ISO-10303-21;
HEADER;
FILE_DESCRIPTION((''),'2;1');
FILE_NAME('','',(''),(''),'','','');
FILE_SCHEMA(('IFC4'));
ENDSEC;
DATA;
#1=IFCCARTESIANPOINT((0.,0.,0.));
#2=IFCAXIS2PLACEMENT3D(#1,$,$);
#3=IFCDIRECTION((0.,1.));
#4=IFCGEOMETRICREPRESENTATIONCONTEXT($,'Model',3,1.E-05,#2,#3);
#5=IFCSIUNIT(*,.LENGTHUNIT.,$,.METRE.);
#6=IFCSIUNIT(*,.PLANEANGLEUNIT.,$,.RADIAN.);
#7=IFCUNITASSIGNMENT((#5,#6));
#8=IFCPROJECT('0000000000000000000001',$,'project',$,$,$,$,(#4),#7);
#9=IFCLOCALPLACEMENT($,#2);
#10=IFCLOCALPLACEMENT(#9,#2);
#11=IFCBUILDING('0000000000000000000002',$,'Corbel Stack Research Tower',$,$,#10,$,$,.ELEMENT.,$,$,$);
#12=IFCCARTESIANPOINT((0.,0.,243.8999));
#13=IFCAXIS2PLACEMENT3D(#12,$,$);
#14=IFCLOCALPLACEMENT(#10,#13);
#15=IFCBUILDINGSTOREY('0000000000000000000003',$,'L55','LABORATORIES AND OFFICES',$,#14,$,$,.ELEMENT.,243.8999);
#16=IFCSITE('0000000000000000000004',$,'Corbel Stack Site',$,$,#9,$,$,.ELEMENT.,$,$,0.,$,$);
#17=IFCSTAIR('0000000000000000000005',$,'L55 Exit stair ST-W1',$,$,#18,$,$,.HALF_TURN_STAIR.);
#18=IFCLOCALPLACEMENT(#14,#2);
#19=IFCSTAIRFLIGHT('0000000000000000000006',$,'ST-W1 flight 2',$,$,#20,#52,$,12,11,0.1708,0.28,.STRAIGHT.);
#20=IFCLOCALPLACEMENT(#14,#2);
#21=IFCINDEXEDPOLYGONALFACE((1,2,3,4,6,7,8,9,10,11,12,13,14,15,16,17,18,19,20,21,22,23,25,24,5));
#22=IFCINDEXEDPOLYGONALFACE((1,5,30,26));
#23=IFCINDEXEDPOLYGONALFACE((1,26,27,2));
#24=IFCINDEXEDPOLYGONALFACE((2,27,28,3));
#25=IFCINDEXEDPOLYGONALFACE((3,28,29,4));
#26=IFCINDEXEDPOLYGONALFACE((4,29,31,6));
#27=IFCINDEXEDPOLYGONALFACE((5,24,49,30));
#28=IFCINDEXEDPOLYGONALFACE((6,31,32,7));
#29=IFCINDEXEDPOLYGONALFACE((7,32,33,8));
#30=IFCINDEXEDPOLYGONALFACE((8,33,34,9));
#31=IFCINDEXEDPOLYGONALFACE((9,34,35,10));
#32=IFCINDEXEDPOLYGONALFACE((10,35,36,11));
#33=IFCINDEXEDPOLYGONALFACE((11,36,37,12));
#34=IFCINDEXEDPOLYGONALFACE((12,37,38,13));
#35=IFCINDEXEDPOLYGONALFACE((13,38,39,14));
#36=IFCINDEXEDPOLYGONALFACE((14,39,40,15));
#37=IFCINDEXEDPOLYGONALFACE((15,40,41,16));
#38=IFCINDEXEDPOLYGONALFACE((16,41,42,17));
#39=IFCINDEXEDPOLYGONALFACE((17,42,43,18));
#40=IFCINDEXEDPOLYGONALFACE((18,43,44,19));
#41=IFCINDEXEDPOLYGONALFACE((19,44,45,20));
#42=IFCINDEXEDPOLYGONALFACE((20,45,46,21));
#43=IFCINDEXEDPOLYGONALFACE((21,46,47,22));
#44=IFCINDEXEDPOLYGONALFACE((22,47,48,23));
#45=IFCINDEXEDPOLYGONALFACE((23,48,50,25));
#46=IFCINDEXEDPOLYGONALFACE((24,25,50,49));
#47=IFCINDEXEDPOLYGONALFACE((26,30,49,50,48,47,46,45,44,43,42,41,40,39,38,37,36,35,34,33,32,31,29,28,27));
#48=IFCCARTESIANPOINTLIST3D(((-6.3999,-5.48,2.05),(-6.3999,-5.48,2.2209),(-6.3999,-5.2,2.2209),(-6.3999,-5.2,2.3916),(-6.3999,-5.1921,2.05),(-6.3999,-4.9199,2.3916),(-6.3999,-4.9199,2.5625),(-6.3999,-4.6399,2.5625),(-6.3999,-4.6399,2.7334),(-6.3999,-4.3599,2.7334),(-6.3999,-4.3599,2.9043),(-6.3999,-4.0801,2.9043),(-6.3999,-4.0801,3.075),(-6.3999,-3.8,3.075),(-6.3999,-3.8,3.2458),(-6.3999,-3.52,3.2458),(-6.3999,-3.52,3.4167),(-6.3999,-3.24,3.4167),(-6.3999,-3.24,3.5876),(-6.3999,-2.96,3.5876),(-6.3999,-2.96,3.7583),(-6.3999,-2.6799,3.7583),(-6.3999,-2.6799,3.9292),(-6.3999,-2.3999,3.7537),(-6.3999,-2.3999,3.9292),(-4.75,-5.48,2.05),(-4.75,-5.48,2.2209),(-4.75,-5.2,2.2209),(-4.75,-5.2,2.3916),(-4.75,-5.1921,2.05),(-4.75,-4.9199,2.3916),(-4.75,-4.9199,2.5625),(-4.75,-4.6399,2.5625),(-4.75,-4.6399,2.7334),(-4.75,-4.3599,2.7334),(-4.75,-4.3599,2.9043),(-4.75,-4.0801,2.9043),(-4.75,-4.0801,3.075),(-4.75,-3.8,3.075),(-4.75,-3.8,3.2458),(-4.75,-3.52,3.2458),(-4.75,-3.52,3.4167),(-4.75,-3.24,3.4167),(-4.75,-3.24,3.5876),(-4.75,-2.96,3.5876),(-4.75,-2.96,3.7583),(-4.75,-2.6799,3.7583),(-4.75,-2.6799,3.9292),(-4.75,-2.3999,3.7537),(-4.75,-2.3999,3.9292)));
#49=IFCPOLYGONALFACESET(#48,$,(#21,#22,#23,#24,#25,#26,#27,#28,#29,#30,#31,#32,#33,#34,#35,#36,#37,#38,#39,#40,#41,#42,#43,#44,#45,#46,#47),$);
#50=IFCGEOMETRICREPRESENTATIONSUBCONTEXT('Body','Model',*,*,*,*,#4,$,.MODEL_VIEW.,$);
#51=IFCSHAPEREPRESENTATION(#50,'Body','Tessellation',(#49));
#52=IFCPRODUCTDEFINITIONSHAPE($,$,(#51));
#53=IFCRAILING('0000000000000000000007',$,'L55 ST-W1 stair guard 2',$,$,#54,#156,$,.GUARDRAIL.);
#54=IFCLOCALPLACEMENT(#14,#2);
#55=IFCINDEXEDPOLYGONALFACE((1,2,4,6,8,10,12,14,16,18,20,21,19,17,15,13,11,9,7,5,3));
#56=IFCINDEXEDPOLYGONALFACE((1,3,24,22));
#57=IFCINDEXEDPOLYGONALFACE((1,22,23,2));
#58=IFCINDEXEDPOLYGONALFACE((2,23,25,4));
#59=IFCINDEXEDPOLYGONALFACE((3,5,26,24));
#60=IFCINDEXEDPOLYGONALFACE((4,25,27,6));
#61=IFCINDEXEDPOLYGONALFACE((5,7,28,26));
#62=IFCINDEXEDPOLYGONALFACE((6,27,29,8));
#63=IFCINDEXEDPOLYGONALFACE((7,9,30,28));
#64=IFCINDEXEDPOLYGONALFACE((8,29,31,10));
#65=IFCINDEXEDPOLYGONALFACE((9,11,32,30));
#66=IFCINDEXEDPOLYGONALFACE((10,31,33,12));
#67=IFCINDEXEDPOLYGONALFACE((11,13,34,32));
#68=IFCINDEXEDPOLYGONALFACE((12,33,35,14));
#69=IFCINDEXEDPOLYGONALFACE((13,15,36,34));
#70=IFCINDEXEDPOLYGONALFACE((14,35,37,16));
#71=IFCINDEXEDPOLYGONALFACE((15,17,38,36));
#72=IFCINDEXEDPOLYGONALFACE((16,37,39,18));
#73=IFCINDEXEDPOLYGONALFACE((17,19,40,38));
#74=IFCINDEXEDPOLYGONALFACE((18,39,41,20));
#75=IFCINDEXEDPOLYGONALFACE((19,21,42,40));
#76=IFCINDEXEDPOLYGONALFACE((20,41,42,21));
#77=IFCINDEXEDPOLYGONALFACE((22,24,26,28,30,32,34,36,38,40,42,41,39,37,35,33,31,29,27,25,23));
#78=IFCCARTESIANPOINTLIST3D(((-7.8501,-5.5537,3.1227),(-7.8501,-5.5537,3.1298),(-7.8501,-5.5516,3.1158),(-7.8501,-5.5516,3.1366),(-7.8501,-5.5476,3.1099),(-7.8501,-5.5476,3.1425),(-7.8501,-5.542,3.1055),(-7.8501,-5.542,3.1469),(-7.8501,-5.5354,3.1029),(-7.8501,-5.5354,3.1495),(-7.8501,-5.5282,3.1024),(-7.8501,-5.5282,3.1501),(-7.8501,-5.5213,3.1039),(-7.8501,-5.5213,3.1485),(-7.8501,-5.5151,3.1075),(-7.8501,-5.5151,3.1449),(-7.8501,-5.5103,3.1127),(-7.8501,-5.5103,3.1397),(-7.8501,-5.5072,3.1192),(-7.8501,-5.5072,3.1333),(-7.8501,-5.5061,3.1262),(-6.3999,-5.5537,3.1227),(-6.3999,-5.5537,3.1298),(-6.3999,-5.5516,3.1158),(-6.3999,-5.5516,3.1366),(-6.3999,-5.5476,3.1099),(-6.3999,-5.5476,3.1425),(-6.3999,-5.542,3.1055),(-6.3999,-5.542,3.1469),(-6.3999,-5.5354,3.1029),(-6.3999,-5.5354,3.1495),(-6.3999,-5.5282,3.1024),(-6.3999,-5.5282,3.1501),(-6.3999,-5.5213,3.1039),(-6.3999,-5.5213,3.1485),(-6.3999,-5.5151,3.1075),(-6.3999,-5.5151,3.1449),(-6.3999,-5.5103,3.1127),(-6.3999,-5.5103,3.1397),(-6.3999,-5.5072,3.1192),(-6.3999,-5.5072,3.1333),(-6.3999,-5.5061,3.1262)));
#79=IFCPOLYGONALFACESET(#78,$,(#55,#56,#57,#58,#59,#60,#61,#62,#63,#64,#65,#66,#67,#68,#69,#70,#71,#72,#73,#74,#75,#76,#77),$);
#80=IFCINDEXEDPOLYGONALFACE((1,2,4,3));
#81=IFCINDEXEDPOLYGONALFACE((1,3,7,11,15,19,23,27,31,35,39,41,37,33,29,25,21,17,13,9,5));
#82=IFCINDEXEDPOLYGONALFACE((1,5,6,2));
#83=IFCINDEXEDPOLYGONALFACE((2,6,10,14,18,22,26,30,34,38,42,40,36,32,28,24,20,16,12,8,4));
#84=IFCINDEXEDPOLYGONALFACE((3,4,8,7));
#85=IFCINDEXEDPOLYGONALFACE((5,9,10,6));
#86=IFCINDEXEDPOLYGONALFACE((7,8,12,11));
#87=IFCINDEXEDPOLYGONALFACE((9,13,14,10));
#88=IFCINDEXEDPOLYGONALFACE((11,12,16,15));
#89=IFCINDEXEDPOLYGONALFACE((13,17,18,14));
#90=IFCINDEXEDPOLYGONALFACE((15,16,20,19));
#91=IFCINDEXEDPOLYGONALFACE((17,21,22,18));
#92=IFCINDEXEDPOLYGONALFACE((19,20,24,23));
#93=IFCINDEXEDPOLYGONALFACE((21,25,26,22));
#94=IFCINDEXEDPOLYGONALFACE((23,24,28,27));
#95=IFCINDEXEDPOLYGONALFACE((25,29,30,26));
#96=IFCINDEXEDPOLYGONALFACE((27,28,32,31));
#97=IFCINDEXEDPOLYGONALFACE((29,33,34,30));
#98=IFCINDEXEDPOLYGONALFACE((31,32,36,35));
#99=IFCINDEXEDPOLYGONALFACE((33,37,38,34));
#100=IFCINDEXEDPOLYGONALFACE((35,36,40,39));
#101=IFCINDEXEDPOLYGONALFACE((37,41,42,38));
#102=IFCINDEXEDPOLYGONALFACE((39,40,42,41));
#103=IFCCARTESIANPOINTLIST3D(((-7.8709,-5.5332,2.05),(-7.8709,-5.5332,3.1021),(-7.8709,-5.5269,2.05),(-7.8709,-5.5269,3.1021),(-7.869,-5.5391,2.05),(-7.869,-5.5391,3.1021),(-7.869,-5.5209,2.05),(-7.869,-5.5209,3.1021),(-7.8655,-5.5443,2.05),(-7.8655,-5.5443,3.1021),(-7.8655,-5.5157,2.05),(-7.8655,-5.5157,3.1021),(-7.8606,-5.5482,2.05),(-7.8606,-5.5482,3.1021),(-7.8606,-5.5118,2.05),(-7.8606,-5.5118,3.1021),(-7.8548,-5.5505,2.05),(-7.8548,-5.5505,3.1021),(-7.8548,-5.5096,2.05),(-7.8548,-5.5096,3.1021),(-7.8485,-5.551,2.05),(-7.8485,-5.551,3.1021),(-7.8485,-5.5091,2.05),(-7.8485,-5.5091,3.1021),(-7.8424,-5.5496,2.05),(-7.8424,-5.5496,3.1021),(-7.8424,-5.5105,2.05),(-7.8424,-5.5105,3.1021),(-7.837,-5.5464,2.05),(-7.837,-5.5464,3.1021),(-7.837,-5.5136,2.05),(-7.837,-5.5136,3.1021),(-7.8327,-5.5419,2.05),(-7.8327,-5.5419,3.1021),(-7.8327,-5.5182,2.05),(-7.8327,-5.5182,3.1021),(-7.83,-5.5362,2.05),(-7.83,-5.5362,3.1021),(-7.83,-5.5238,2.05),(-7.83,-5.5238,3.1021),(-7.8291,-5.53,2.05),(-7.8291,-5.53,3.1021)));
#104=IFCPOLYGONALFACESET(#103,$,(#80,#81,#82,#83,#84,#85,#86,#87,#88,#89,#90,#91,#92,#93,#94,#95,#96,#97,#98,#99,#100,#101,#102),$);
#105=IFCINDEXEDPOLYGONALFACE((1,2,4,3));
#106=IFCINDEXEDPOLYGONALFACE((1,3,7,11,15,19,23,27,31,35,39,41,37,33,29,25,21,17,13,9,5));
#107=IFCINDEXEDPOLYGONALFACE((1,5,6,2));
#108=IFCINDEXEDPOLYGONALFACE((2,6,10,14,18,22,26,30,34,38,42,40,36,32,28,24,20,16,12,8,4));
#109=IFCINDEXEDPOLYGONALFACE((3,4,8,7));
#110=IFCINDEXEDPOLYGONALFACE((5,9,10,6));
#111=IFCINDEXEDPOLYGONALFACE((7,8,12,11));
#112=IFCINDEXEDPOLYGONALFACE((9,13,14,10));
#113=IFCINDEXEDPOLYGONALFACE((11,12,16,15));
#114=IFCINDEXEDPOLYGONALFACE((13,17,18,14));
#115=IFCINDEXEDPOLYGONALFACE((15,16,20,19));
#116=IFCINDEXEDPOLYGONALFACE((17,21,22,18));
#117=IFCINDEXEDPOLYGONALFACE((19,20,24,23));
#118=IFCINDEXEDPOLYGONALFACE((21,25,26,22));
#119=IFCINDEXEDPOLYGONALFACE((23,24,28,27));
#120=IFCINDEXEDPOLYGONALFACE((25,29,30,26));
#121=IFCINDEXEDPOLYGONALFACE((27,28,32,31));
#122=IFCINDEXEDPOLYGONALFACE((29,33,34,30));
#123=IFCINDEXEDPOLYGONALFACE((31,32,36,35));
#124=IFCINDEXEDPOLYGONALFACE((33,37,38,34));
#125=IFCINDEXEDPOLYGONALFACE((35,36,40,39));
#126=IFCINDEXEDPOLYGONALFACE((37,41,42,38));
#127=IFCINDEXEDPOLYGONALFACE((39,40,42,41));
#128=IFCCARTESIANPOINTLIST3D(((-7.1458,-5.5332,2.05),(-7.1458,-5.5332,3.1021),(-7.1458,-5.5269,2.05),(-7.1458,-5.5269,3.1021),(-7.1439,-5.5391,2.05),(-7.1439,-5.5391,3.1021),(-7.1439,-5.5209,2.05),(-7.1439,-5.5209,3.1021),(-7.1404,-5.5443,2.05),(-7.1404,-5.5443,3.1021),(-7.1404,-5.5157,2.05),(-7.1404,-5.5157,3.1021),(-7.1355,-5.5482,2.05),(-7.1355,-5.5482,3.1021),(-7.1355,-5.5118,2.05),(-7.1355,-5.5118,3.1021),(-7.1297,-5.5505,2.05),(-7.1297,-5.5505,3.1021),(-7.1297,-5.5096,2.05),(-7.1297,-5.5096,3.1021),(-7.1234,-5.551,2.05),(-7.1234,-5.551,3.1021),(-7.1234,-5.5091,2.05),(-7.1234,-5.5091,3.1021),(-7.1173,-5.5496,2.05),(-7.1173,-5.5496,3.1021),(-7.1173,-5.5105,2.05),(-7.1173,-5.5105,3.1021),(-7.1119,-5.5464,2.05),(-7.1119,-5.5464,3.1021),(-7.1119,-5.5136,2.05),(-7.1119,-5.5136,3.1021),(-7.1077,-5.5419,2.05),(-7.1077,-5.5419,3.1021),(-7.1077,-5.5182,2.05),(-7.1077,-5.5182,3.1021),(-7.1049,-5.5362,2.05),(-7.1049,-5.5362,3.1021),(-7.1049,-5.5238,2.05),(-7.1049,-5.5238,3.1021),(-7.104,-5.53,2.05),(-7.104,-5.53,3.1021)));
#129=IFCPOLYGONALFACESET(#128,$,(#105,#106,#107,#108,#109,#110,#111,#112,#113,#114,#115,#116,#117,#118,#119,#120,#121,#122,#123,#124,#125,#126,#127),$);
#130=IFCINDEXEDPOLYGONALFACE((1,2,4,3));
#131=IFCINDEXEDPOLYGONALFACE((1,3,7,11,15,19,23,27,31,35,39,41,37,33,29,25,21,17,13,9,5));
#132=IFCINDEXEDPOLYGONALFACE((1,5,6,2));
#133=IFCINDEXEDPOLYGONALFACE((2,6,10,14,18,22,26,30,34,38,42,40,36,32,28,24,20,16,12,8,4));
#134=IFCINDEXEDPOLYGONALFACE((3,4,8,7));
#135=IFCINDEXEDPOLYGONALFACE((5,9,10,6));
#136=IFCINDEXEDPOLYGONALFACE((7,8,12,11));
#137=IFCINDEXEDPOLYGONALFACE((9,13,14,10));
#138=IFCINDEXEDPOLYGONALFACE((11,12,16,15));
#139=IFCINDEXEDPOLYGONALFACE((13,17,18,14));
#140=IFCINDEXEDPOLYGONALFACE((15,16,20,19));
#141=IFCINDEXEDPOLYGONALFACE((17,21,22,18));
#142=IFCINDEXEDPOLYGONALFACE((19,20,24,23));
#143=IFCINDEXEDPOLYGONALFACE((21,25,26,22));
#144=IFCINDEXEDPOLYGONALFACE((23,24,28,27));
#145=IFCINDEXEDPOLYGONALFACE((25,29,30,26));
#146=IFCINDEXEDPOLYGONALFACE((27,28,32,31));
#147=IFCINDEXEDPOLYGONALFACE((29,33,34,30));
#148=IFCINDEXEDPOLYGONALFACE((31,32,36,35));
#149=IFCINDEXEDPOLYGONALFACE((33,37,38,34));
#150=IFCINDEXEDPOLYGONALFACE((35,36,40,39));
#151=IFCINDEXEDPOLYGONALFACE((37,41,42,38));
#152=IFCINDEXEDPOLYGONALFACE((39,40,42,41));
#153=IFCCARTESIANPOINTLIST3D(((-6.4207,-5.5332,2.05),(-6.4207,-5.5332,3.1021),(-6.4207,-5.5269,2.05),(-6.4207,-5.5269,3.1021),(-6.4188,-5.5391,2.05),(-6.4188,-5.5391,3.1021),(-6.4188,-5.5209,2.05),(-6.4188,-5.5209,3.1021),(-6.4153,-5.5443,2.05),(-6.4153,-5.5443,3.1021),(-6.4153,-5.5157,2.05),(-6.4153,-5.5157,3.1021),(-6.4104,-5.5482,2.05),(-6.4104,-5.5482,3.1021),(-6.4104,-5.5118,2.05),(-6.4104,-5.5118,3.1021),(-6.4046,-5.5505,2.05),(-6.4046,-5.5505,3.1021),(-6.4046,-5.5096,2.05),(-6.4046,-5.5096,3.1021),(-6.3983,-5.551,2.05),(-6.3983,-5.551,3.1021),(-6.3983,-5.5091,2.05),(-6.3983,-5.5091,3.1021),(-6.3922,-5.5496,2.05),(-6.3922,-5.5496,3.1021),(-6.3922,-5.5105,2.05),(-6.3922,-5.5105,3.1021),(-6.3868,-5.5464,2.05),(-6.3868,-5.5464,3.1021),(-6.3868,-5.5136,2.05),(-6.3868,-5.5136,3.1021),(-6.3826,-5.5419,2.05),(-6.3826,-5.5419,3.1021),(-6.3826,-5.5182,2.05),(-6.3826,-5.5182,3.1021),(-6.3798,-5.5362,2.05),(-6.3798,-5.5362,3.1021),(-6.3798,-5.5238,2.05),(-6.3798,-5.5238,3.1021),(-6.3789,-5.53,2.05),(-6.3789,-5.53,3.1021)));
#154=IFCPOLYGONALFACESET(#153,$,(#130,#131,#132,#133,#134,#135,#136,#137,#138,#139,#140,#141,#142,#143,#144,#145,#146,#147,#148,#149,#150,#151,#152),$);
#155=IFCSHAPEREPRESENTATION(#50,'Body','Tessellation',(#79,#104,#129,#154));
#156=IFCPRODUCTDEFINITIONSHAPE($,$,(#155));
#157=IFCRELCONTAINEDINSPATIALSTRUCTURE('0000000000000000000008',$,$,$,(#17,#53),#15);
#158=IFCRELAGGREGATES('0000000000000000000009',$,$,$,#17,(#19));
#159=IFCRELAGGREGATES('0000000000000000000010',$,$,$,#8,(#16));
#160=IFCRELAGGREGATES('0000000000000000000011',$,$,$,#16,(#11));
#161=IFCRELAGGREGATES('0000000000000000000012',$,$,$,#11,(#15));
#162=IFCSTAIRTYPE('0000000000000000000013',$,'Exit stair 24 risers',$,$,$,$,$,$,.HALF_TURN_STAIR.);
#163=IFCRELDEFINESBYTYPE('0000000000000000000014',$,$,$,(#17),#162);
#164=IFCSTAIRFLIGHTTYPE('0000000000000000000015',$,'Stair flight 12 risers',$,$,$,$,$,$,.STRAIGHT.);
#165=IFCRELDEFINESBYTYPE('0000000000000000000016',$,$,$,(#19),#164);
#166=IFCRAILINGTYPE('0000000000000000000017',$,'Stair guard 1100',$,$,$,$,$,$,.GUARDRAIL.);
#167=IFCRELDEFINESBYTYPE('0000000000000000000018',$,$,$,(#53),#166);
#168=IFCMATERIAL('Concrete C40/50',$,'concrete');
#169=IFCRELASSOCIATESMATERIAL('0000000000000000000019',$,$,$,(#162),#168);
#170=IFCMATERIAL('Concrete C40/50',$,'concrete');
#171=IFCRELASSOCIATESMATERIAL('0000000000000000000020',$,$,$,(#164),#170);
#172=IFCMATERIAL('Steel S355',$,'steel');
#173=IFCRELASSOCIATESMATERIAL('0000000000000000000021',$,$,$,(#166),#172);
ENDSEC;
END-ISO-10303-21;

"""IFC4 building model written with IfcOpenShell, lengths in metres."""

from ifc_helpers import new_model, si_unit, direction, frame, origin, origin_2d, place, context, subcontext, project, spatial, polyline, circle, outline, extrude, material, type_object, element, aggregate, save


model = new_model("IFC4")

# Units and contexts
model_context = context("Model", 3, precision=1e-05, world=origin(), true_north=direction((0.0, 1.0)))
body_context = subcontext(model_context, "Body", "Model", "MODEL_VIEW")
ifc_project = project(units=[si_unit("LENGTHUNIT", "METRE"), si_unit("PLANEANGLEUNIT", "RADIAN")], contexts=[model_context])

# Site, building, storey
site_placement = place(None, origin())
site = spatial("IfcSite", under=ifc_project, at=site_placement, Name="Corbel Stack Site", CompositionType="ELEMENT", RefElevation=0.0)
building_placement = place(site_placement, origin())
building = spatial("IfcBuilding", under=site, at=building_placement, Name="Corbel Stack Research Tower", CompositionType="ELEMENT")
storey_placement = place(building_placement, frame((0.0, 0.0, 243.8999)))
storey = spatial("IfcBuildingStorey", under=building, at=storey_placement, Name="L55", Description="LABORATORIES AND OFFICES", CompositionType="ELEMENT", Elevation=243.8999)

# Stair, stair flight
ifc_material_1 = material(Name="Concrete C40/50", Category="concrete")
stair_type = type_object("IfcStairType", Name="Exit stair 24 risers", PredefinedType="HALF_TURN_STAIR", material=ifc_material_1)
stair_placement = place(storey_placement, origin())
stair = element("IfcStair", 1, at=stair_placement, inside=storey, type_object=stair_type, Name="L55 Exit stair ST-W1", PredefinedType="HALF_TURN_STAIR")
ifc_material_2 = material(Name="Concrete C40/50", Category="concrete")
stair_flight_type = type_object("IfcStairFlightType", Name="Stair flight 12 risers", PredefinedType="STRAIGHT", material=ifc_material_2)
stair_flight_placement = place(storey_placement, frame((-5.575, -5.48, 2.05), z_axis=(0.0, 0.0, 1.0), x_axis=(0.0, 1.0, 0.0)))
stair_flight = element("IfcStairFlight", 2, at=stair_flight_placement, type_object=stair_flight_type, Name="ST-W1 flight 2", NumberOfRisers=12, NumberOfTreads=11, PredefinedType="STRAIGHT", RiserHeight=0.1708, TreadLength=0.28, context=body_context, shape_type="SweptSolid", body=[
    extrude(outline(polyline([(0.0, 0.0), (0.0, 0.1709), (0.28, 0.1709), (0.28, 0.3416), (0.5601, 0.3416), (0.5601, 0.5125), (0.8401, 0.5125), (0.8401, 0.6833), (1.1201, 0.6833), (1.1201, 0.8542), (1.3999, 0.8542), (1.3999, 1.0249), (1.6799, 1.0249), (1.6799, 1.1958), (1.96, 1.1958), (1.96, 1.3667), (2.24, 1.3667), (2.24, 1.5376), (2.52, 1.5376), (2.52, 1.7083), (2.8, 1.7083), (2.8, 1.8792), (3.0801, 1.8792), (3.0801, 2.05), (3.0801, 1.7036), (0.2878, 0.0), (0.0, 0.0)])), frame((0.0, 0.825, 0.0), z_axis=(0.0, -1.0, 0.0), x_axis=(1.0, 0.0, 0.0)), (0.0, 0.0, 1.0), 1.6499),
])
aggregate(stair, [stair_flight])

# Railing
ifc_material_3 = material(Name="Steel S355", Category="steel")
railing_type = type_object("IfcRailingType", Name="Stair guard 1100", PredefinedType="GUARDRAIL", material=ifc_material_3)
railing_1_placement = place(storey_placement, frame((-7.8501, -5.53, 2.05)))
element("IfcRailing", 3, at=railing_1_placement, inside=storey, type_object=railing_type, Name="L55 ST-W1 stair guard 2", PredefinedType="GUARDRAIL", context=body_context, shape_type="SweptSolid", body=[
    extrude(circle(Radius=0.0239, at=origin_2d()), frame((0.0, 0.0, 1.0762), z_axis=(1.0, 0.0, 0.0), x_axis=(0.0, 1.0, 0.0)), (0.0, 0.0, 1.0), 1.4502),
    extrude(circle(Radius=0.021, at=origin_2d()), origin(), (0.0, 0.0, 1.0), 1.052),
    extrude(circle(Radius=0.021, at=origin_2d()), frame((0.7251, 0.0, 0.0)), (0.0, 0.0, 1.0), 1.052),
    extrude(circle(Radius=0.021, at=origin_2d()), frame((1.4502, 0.0, 0.0)), (0.0, 0.0, 1.0), 1.052),
])

save(model, "model.ifc")
